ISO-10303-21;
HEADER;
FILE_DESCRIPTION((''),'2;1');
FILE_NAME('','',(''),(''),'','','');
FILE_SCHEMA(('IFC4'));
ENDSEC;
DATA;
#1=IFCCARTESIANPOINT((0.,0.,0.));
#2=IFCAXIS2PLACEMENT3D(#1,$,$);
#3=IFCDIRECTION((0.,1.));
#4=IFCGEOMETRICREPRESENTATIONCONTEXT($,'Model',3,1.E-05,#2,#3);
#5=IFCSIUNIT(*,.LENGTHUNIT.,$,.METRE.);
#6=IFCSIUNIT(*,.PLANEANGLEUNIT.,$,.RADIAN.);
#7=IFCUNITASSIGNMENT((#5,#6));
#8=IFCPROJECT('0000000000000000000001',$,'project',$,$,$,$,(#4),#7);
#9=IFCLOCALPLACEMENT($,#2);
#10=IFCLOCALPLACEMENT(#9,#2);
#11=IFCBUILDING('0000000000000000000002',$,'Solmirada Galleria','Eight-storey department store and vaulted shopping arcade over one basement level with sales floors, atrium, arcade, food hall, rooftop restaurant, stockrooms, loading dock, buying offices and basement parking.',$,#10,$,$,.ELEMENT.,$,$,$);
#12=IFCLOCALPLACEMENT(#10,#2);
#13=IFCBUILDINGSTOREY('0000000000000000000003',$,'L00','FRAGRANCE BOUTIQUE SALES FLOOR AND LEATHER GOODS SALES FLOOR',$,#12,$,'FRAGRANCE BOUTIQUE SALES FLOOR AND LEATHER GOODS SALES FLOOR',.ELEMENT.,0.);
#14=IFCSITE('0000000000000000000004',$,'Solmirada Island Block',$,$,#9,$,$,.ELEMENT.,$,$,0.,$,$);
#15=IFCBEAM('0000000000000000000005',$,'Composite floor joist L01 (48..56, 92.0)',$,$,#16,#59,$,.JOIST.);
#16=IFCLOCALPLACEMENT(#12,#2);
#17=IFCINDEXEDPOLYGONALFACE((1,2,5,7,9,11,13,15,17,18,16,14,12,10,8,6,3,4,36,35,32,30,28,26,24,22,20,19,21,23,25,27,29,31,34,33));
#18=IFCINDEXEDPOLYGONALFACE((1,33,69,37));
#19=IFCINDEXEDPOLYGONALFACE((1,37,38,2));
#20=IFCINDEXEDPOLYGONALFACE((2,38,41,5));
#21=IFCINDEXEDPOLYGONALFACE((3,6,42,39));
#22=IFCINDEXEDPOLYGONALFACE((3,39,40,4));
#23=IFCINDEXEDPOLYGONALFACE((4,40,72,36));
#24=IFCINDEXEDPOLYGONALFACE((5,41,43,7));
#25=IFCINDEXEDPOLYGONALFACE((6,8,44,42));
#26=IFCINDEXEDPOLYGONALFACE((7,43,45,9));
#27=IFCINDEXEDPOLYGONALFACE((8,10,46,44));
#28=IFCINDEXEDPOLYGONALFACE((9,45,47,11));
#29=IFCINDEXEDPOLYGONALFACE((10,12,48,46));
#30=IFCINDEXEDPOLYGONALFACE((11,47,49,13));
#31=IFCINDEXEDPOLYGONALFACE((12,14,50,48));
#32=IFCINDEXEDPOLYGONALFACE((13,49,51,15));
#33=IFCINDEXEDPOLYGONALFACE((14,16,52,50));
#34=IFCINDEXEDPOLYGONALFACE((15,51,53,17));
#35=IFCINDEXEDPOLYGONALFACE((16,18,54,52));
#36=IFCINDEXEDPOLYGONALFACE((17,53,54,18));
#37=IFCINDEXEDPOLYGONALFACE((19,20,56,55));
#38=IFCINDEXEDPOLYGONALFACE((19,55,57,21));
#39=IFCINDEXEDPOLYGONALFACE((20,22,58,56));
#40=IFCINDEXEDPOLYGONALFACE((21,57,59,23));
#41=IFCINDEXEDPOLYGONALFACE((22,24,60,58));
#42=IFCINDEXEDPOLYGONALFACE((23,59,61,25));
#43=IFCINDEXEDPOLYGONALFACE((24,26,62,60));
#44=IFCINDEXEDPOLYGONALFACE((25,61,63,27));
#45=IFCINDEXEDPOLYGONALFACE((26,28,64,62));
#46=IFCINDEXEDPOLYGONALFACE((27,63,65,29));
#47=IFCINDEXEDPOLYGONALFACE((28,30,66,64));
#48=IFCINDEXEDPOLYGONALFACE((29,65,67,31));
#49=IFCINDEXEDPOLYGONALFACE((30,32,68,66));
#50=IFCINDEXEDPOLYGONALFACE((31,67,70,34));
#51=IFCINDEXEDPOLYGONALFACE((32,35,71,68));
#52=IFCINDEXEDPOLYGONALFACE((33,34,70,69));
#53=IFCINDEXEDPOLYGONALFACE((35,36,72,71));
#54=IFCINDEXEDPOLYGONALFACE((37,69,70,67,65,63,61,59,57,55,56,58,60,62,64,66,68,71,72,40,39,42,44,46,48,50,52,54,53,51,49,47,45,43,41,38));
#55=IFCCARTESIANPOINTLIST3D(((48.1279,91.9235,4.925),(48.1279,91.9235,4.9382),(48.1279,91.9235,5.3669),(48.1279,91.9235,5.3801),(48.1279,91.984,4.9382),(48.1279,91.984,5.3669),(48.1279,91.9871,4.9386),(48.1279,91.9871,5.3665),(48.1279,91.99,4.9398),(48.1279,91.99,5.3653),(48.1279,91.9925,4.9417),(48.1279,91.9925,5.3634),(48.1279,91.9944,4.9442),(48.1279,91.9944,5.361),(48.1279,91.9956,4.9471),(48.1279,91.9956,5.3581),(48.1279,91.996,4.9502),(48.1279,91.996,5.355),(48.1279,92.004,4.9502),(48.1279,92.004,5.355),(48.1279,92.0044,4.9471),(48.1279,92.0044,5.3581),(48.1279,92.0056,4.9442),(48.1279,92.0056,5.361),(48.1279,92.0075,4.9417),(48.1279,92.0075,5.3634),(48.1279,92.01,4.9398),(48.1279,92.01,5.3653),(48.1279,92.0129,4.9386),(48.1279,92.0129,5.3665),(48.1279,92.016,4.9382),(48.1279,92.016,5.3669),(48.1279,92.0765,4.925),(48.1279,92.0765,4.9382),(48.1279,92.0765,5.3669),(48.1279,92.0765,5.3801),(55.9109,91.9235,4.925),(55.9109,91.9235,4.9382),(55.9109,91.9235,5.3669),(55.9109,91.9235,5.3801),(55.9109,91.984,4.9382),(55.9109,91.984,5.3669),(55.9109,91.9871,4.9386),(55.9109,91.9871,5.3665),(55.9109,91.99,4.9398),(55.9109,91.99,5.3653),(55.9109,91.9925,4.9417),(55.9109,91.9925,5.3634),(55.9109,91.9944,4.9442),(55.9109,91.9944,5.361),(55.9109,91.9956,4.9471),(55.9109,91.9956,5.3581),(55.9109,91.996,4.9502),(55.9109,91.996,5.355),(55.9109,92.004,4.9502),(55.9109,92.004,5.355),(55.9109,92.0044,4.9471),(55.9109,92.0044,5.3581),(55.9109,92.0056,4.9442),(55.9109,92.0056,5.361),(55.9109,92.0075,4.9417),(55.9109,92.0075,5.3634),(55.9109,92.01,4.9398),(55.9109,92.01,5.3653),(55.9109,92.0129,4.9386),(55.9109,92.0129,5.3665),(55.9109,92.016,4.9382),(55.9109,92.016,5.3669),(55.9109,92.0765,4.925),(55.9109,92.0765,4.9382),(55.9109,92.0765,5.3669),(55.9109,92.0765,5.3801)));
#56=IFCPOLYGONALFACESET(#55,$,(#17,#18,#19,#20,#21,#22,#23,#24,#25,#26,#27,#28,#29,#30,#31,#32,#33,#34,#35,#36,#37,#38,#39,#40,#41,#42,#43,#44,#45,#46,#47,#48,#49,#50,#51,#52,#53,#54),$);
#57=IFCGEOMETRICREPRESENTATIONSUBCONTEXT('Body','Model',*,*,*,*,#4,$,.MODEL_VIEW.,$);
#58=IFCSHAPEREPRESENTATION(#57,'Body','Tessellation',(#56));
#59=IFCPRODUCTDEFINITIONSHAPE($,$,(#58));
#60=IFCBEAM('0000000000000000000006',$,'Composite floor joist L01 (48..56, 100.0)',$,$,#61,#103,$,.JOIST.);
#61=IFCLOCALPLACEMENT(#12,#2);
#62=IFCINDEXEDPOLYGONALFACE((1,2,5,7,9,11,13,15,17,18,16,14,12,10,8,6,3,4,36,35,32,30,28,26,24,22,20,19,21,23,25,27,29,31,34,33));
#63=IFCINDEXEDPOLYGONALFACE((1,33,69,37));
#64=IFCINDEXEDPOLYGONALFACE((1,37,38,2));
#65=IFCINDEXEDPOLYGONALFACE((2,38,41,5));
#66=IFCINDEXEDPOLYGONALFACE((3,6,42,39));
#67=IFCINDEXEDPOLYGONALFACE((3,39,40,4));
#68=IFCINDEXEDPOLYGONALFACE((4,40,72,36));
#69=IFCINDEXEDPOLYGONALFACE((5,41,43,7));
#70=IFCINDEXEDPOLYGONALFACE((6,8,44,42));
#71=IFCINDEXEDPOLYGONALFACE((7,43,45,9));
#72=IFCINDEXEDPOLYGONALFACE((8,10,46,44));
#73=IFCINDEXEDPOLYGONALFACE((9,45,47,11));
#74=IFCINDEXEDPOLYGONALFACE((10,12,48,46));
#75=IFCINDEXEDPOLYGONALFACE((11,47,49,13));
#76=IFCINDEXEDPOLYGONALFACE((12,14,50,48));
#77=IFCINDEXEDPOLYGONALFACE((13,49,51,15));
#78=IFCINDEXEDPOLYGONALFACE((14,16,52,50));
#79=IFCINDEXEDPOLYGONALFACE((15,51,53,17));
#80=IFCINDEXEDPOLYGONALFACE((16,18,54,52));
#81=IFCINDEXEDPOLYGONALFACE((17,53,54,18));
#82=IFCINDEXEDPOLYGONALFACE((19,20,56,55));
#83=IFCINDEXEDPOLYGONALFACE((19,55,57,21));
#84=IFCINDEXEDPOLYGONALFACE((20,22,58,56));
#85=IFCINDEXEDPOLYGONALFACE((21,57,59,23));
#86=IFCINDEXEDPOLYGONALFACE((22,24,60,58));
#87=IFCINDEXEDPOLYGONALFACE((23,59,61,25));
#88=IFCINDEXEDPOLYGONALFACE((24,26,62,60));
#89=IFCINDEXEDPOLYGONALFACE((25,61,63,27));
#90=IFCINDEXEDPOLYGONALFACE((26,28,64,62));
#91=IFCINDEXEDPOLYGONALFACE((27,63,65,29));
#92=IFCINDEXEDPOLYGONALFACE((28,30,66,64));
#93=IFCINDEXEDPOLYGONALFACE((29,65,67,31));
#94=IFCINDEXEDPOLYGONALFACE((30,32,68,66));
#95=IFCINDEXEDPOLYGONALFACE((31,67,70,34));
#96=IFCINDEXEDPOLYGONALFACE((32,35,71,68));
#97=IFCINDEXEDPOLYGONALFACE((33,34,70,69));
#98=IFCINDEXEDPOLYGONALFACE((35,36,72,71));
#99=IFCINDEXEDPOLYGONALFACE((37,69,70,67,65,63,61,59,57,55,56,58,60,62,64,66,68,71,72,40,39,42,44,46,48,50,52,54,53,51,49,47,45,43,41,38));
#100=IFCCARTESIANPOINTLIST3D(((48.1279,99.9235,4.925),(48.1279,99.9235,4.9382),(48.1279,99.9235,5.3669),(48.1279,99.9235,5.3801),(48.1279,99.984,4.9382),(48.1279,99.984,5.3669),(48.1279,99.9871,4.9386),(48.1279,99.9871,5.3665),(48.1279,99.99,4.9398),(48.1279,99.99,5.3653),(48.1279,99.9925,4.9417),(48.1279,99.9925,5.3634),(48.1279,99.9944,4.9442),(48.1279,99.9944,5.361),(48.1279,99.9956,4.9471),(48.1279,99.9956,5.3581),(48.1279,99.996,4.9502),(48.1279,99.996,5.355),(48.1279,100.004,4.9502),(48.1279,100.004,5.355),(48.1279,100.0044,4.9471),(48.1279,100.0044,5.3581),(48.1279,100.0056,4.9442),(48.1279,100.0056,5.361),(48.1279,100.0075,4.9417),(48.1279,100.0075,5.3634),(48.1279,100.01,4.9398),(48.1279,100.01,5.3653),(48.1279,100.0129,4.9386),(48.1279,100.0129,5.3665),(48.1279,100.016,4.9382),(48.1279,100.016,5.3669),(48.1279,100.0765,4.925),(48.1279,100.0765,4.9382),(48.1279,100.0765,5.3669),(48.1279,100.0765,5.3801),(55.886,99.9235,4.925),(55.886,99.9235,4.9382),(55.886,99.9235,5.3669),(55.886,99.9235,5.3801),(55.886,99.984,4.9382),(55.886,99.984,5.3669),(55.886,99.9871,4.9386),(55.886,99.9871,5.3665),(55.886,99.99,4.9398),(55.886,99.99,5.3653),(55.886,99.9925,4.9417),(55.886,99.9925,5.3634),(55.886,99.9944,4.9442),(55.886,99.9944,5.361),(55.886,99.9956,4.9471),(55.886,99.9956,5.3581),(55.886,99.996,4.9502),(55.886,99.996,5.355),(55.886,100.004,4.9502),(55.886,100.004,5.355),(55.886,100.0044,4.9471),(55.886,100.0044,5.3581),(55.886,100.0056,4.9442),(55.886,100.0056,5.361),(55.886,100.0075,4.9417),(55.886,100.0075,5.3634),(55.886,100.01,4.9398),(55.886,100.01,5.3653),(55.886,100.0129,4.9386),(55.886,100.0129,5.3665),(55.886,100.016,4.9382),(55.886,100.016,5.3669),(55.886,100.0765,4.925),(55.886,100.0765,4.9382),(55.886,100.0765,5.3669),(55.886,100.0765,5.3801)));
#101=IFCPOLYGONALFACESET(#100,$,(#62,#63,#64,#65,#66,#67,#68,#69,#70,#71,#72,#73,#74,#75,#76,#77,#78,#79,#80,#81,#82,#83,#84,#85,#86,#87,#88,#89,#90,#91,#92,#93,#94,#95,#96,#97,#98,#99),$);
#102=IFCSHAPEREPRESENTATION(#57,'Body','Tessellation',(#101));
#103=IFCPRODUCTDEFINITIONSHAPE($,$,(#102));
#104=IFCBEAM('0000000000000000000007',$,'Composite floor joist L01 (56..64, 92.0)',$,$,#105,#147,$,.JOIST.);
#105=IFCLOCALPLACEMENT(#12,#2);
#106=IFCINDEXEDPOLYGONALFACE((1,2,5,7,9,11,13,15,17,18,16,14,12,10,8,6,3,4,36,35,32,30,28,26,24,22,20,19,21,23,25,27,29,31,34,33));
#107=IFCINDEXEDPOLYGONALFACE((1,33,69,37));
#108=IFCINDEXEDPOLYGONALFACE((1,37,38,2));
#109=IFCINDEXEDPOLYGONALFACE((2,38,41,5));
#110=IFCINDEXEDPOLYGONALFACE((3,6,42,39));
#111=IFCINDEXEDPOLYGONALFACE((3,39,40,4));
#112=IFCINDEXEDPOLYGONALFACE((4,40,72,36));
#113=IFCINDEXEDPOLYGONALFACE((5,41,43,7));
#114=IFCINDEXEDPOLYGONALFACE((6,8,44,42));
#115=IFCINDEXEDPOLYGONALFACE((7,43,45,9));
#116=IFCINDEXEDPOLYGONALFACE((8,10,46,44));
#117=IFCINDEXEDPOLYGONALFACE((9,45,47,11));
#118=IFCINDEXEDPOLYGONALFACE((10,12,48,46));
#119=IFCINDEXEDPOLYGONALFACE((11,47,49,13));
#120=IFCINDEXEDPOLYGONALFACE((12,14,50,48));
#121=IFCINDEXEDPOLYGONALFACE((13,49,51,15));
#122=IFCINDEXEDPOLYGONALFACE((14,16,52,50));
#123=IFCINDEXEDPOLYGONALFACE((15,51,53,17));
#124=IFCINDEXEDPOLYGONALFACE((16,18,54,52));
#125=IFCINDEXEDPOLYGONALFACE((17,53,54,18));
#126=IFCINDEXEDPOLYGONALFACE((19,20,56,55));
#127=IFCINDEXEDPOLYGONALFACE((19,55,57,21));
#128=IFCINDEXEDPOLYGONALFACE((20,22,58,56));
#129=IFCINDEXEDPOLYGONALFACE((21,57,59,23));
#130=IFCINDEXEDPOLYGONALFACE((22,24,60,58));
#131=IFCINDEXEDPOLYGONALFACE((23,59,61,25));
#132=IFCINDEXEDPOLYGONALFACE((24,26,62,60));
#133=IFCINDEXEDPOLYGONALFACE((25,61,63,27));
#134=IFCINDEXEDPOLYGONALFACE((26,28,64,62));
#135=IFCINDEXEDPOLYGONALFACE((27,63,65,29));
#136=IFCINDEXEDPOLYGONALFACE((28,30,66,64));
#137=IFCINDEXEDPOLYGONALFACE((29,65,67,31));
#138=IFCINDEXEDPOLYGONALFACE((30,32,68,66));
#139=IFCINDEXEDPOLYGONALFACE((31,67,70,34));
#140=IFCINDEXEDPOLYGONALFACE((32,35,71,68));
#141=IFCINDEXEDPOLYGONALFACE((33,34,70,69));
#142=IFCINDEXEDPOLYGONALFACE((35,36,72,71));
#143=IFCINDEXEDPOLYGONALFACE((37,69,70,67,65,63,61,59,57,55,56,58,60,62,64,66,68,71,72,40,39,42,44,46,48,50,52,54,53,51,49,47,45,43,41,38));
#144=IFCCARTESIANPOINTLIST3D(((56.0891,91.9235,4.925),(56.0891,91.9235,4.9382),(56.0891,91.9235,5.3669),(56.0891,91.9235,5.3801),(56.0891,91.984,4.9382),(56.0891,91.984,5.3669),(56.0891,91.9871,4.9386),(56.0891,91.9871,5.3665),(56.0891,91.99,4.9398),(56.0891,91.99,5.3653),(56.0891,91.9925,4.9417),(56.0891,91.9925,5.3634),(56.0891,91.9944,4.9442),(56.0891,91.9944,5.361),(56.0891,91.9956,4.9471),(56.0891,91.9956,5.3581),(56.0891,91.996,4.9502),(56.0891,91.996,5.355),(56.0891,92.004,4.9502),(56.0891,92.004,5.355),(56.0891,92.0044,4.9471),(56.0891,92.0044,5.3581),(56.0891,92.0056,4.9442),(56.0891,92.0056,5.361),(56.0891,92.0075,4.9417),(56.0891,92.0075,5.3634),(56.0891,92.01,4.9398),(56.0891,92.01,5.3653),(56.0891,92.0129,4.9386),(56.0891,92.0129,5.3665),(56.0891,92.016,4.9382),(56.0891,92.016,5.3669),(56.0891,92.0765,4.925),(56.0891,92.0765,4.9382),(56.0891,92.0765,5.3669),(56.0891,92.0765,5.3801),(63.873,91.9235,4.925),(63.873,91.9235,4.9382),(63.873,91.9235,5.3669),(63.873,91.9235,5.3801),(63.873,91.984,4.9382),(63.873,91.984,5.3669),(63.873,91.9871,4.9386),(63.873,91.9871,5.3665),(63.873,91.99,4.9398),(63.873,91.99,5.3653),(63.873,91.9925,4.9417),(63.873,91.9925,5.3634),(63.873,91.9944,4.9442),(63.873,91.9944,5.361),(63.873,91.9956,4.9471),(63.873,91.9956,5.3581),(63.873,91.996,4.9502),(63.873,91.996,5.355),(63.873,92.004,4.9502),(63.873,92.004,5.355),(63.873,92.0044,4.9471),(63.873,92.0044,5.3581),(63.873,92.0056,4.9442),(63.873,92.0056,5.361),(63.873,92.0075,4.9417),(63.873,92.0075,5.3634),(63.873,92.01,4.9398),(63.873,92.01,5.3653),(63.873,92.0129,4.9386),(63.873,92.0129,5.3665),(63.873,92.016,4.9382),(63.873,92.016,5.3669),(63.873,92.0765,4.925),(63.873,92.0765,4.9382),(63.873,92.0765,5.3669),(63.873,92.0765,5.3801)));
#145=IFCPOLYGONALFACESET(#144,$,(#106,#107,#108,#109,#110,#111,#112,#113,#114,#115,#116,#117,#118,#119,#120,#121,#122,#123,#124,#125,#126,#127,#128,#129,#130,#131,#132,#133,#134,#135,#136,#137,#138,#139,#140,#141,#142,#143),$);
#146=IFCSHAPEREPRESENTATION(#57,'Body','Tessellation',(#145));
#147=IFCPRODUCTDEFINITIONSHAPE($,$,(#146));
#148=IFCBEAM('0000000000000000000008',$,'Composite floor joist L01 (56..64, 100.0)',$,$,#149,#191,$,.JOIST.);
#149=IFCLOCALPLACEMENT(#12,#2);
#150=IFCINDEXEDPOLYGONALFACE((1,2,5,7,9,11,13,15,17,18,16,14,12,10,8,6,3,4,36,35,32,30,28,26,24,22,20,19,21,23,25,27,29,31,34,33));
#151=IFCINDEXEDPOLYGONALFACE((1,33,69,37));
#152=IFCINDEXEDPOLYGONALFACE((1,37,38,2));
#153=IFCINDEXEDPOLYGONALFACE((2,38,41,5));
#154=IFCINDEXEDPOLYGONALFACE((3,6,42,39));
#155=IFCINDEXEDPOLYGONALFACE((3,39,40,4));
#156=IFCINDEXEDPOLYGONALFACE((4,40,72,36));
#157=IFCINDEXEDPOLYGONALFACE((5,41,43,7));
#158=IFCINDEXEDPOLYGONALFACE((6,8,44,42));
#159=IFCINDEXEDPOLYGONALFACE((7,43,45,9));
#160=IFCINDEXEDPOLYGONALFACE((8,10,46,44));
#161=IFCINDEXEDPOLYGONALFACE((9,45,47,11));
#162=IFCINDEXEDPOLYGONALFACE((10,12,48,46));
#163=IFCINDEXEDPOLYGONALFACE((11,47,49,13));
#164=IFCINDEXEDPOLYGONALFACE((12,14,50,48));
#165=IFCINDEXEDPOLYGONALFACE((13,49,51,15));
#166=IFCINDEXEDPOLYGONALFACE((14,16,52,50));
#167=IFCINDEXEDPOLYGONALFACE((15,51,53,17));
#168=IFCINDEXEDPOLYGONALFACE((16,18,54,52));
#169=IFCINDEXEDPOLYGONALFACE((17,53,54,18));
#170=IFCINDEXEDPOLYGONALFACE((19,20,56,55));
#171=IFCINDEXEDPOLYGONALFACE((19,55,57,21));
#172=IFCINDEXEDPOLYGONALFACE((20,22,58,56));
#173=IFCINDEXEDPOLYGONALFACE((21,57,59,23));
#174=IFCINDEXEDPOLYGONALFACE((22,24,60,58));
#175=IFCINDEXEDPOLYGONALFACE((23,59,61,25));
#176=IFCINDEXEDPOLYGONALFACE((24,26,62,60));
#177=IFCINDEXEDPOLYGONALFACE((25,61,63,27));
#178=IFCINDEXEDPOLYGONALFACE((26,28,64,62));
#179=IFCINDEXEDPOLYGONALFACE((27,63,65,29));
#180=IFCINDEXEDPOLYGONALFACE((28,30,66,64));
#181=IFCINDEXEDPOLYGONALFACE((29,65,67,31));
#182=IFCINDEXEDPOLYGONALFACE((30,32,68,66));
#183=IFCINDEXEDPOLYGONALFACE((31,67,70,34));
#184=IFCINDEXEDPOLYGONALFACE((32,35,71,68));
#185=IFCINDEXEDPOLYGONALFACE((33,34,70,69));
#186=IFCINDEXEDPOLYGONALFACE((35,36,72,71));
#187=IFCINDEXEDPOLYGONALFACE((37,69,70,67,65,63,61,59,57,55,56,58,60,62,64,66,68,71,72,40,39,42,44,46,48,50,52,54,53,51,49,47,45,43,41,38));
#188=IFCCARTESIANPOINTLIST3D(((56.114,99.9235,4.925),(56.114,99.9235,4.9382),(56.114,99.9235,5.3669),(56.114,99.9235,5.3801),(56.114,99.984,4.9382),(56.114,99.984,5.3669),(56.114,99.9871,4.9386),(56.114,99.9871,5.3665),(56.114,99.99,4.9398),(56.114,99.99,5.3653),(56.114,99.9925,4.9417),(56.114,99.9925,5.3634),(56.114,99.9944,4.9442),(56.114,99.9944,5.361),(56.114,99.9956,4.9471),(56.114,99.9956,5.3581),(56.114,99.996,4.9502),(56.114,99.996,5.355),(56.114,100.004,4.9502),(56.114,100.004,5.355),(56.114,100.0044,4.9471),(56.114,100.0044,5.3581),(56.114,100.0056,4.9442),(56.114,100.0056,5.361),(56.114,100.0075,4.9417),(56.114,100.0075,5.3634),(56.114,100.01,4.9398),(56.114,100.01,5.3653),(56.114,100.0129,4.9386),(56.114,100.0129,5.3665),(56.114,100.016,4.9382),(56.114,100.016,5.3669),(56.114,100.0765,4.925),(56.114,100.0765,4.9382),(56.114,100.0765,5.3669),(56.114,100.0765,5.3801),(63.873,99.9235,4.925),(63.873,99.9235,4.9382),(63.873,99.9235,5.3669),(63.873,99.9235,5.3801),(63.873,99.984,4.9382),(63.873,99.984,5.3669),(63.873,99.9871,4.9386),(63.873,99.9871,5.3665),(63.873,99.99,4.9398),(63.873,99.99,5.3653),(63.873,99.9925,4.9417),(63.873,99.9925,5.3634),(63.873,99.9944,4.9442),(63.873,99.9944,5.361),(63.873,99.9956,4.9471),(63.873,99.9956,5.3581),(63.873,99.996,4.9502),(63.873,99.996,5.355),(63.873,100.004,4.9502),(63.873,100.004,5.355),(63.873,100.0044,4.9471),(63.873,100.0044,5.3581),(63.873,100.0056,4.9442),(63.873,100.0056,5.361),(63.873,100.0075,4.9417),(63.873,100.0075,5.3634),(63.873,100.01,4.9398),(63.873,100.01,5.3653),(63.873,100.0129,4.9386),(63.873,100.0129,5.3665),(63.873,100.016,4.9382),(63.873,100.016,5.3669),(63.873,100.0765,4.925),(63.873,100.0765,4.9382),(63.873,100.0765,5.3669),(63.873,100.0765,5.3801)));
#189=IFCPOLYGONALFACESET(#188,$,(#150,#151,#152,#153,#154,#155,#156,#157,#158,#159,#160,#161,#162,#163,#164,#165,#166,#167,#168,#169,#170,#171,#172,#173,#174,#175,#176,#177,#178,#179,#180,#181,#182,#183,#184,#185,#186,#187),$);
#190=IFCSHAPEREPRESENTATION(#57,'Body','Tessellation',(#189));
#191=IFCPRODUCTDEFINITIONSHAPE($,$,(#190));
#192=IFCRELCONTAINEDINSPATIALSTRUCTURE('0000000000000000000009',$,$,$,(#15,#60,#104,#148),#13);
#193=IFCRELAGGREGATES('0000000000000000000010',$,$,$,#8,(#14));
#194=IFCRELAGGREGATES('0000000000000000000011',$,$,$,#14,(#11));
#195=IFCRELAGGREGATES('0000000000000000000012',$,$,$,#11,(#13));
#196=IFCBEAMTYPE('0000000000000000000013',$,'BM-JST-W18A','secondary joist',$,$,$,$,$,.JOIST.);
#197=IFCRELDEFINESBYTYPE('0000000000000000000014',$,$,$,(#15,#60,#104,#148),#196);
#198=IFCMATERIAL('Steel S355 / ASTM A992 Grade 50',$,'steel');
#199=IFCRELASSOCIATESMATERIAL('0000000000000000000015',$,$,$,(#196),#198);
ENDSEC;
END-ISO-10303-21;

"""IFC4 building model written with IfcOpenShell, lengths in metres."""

from ifc_helpers import new_model, si_unit, direction, frame, origin, origin_2d, place, context, subcontext, project, spatial, i_section, extrude, material, material_profile, profile_set, type_object, element, save


model = new_model("IFC4")

# Units and contexts
model_context = context("Model", 3, precision=1e-05, world=origin(), true_north=direction((0.0, 1.0)))
body_context = subcontext(model_context, "Body", "Model", "MODEL_VIEW")
ifc_project = project(units=[si_unit("LENGTHUNIT", "METRE"), si_unit("PLANEANGLEUNIT", "RADIAN")], contexts=[model_context])

# Site, building, storey
site_placement = place(None, origin())
site = spatial("IfcSite", under=ifc_project, at=site_placement, Name="Solmirada Island Block", CompositionType="ELEMENT", RefElevation=0.0)
building_placement = place(site_placement, origin())
building = spatial("IfcBuilding", under=site, at=building_placement, Name="Solmirada Galleria", Description="Eight-storey department store and vaulted shopping arcade over one basement level with sales floors, atrium, arcade, food hall, rooftop restaurant, stockrooms, loading dock, buying offices and basement parking.", CompositionType="ELEMENT")
storey_placement = place(building_placement, origin())
storey = spatial("IfcBuildingStorey", under=building, at=storey_placement, Name="L00", Description="FRAGRANCE BOUTIQUE SALES FLOOR AND LEATHER GOODS SALES FLOOR", LongName="FRAGRANCE BOUTIQUE SALES FLOOR AND LEATHER GOODS SALES FLOOR", CompositionType="ELEMENT", Elevation=0.0)

# Beams
ifc_material_1 = material(Name="Steel S355 / ASTM A992 Grade 50", Category="steel")
ifc_material_profile_1 = material_profile(ifc_material_1, i_section(OverallWidth=0.1531, OverallDepth=0.4551, WebThickness=0.0081, FlangeThickness=0.0132, FilletRadius=0.012, at=origin_2d()), Name="W18X40")
ifc_profile_set_1 = profile_set([ifc_material_profile_1], Name="Steel S355 / ASTM A992 Grade 50")
beam_type_1 = type_object("IfcBeamType", Name="BM-JST-W18A", Description="secondary joist", PredefinedType="JOIST", material=ifc_profile_set_1)
beam_1_placement = place(storey_placement, frame((48.1279, 92.0, 5.1526), z_axis=(1.0, 0.0, 0.0), x_axis=(0.0, 1.0, 0.0)))
element("IfcBeam", 1, at=beam_1_placement, inside=storey, type_object=beam_type_1, Name="Composite floor joist L01 (48..56, 92.0)", PredefinedType="JOIST", context=body_context, shape_type="SweptSolid", body=[
    extrude(i_section(OverallWidth=0.1531, OverallDepth=0.4551, WebThickness=0.0081, FlangeThickness=0.0132, FilletRadius=0.012, at=origin_2d()), origin(), (0.0, 0.0, 1.0), 7.783),
])
beam_2_placement = place(storey_placement, frame((48.1279, 100.0, 5.1526), z_axis=(1.0, 0.0, 0.0), x_axis=(0.0, 1.0, 0.0)))
element("IfcBeam", 2, at=beam_2_placement, inside=storey, type_object=beam_type_1, Name="Composite floor joist L01 (48..56, 100.0)", PredefinedType="JOIST", context=body_context, shape_type="SweptSolid", body=[
    extrude(i_section(OverallWidth=0.1531, OverallDepth=0.4551, WebThickness=0.0081, FlangeThickness=0.0132, FilletRadius=0.012, at=origin_2d()), origin(), (0.0, 0.0, 1.0), 7.7581),
])
beam_3_placement = place(storey_placement, frame((56.0891, 92.0, 5.1526), z_axis=(1.0, 0.0, 0.0), x_axis=(0.0, 1.0, 0.0)))
element("IfcBeam", 3, at=beam_3_placement, inside=storey, type_object=beam_type_1, Name="Composite floor joist L01 (56..64, 92.0)", PredefinedType="JOIST", context=body_context, shape_type="SweptSolid", body=[
    extrude(i_section(OverallWidth=0.1531, OverallDepth=0.4551, WebThickness=0.0081, FlangeThickness=0.0132, FilletRadius=0.012, at=origin_2d()), origin(), (0.0, 0.0, 1.0), 7.7839),
])
beam_4_placement = place(storey_placement, frame((56.114, 100.0, 5.1526), z_axis=(1.0, 0.0, 0.0), x_axis=(0.0, 1.0, 0.0)))
element("IfcBeam", 4, at=beam_4_placement, inside=storey, type_object=beam_type_1, Name="Composite floor joist L01 (56..64, 100.0)", PredefinedType="JOIST", context=body_context, shape_type="SweptSolid", body=[
    extrude(i_section(OverallWidth=0.1531, OverallDepth=0.4551, WebThickness=0.0081, FlangeThickness=0.0132, FilletRadius=0.012, at=origin_2d()), origin(), (0.0, 0.0, 1.0), 7.759),
])

save(model, "model.ifc")
